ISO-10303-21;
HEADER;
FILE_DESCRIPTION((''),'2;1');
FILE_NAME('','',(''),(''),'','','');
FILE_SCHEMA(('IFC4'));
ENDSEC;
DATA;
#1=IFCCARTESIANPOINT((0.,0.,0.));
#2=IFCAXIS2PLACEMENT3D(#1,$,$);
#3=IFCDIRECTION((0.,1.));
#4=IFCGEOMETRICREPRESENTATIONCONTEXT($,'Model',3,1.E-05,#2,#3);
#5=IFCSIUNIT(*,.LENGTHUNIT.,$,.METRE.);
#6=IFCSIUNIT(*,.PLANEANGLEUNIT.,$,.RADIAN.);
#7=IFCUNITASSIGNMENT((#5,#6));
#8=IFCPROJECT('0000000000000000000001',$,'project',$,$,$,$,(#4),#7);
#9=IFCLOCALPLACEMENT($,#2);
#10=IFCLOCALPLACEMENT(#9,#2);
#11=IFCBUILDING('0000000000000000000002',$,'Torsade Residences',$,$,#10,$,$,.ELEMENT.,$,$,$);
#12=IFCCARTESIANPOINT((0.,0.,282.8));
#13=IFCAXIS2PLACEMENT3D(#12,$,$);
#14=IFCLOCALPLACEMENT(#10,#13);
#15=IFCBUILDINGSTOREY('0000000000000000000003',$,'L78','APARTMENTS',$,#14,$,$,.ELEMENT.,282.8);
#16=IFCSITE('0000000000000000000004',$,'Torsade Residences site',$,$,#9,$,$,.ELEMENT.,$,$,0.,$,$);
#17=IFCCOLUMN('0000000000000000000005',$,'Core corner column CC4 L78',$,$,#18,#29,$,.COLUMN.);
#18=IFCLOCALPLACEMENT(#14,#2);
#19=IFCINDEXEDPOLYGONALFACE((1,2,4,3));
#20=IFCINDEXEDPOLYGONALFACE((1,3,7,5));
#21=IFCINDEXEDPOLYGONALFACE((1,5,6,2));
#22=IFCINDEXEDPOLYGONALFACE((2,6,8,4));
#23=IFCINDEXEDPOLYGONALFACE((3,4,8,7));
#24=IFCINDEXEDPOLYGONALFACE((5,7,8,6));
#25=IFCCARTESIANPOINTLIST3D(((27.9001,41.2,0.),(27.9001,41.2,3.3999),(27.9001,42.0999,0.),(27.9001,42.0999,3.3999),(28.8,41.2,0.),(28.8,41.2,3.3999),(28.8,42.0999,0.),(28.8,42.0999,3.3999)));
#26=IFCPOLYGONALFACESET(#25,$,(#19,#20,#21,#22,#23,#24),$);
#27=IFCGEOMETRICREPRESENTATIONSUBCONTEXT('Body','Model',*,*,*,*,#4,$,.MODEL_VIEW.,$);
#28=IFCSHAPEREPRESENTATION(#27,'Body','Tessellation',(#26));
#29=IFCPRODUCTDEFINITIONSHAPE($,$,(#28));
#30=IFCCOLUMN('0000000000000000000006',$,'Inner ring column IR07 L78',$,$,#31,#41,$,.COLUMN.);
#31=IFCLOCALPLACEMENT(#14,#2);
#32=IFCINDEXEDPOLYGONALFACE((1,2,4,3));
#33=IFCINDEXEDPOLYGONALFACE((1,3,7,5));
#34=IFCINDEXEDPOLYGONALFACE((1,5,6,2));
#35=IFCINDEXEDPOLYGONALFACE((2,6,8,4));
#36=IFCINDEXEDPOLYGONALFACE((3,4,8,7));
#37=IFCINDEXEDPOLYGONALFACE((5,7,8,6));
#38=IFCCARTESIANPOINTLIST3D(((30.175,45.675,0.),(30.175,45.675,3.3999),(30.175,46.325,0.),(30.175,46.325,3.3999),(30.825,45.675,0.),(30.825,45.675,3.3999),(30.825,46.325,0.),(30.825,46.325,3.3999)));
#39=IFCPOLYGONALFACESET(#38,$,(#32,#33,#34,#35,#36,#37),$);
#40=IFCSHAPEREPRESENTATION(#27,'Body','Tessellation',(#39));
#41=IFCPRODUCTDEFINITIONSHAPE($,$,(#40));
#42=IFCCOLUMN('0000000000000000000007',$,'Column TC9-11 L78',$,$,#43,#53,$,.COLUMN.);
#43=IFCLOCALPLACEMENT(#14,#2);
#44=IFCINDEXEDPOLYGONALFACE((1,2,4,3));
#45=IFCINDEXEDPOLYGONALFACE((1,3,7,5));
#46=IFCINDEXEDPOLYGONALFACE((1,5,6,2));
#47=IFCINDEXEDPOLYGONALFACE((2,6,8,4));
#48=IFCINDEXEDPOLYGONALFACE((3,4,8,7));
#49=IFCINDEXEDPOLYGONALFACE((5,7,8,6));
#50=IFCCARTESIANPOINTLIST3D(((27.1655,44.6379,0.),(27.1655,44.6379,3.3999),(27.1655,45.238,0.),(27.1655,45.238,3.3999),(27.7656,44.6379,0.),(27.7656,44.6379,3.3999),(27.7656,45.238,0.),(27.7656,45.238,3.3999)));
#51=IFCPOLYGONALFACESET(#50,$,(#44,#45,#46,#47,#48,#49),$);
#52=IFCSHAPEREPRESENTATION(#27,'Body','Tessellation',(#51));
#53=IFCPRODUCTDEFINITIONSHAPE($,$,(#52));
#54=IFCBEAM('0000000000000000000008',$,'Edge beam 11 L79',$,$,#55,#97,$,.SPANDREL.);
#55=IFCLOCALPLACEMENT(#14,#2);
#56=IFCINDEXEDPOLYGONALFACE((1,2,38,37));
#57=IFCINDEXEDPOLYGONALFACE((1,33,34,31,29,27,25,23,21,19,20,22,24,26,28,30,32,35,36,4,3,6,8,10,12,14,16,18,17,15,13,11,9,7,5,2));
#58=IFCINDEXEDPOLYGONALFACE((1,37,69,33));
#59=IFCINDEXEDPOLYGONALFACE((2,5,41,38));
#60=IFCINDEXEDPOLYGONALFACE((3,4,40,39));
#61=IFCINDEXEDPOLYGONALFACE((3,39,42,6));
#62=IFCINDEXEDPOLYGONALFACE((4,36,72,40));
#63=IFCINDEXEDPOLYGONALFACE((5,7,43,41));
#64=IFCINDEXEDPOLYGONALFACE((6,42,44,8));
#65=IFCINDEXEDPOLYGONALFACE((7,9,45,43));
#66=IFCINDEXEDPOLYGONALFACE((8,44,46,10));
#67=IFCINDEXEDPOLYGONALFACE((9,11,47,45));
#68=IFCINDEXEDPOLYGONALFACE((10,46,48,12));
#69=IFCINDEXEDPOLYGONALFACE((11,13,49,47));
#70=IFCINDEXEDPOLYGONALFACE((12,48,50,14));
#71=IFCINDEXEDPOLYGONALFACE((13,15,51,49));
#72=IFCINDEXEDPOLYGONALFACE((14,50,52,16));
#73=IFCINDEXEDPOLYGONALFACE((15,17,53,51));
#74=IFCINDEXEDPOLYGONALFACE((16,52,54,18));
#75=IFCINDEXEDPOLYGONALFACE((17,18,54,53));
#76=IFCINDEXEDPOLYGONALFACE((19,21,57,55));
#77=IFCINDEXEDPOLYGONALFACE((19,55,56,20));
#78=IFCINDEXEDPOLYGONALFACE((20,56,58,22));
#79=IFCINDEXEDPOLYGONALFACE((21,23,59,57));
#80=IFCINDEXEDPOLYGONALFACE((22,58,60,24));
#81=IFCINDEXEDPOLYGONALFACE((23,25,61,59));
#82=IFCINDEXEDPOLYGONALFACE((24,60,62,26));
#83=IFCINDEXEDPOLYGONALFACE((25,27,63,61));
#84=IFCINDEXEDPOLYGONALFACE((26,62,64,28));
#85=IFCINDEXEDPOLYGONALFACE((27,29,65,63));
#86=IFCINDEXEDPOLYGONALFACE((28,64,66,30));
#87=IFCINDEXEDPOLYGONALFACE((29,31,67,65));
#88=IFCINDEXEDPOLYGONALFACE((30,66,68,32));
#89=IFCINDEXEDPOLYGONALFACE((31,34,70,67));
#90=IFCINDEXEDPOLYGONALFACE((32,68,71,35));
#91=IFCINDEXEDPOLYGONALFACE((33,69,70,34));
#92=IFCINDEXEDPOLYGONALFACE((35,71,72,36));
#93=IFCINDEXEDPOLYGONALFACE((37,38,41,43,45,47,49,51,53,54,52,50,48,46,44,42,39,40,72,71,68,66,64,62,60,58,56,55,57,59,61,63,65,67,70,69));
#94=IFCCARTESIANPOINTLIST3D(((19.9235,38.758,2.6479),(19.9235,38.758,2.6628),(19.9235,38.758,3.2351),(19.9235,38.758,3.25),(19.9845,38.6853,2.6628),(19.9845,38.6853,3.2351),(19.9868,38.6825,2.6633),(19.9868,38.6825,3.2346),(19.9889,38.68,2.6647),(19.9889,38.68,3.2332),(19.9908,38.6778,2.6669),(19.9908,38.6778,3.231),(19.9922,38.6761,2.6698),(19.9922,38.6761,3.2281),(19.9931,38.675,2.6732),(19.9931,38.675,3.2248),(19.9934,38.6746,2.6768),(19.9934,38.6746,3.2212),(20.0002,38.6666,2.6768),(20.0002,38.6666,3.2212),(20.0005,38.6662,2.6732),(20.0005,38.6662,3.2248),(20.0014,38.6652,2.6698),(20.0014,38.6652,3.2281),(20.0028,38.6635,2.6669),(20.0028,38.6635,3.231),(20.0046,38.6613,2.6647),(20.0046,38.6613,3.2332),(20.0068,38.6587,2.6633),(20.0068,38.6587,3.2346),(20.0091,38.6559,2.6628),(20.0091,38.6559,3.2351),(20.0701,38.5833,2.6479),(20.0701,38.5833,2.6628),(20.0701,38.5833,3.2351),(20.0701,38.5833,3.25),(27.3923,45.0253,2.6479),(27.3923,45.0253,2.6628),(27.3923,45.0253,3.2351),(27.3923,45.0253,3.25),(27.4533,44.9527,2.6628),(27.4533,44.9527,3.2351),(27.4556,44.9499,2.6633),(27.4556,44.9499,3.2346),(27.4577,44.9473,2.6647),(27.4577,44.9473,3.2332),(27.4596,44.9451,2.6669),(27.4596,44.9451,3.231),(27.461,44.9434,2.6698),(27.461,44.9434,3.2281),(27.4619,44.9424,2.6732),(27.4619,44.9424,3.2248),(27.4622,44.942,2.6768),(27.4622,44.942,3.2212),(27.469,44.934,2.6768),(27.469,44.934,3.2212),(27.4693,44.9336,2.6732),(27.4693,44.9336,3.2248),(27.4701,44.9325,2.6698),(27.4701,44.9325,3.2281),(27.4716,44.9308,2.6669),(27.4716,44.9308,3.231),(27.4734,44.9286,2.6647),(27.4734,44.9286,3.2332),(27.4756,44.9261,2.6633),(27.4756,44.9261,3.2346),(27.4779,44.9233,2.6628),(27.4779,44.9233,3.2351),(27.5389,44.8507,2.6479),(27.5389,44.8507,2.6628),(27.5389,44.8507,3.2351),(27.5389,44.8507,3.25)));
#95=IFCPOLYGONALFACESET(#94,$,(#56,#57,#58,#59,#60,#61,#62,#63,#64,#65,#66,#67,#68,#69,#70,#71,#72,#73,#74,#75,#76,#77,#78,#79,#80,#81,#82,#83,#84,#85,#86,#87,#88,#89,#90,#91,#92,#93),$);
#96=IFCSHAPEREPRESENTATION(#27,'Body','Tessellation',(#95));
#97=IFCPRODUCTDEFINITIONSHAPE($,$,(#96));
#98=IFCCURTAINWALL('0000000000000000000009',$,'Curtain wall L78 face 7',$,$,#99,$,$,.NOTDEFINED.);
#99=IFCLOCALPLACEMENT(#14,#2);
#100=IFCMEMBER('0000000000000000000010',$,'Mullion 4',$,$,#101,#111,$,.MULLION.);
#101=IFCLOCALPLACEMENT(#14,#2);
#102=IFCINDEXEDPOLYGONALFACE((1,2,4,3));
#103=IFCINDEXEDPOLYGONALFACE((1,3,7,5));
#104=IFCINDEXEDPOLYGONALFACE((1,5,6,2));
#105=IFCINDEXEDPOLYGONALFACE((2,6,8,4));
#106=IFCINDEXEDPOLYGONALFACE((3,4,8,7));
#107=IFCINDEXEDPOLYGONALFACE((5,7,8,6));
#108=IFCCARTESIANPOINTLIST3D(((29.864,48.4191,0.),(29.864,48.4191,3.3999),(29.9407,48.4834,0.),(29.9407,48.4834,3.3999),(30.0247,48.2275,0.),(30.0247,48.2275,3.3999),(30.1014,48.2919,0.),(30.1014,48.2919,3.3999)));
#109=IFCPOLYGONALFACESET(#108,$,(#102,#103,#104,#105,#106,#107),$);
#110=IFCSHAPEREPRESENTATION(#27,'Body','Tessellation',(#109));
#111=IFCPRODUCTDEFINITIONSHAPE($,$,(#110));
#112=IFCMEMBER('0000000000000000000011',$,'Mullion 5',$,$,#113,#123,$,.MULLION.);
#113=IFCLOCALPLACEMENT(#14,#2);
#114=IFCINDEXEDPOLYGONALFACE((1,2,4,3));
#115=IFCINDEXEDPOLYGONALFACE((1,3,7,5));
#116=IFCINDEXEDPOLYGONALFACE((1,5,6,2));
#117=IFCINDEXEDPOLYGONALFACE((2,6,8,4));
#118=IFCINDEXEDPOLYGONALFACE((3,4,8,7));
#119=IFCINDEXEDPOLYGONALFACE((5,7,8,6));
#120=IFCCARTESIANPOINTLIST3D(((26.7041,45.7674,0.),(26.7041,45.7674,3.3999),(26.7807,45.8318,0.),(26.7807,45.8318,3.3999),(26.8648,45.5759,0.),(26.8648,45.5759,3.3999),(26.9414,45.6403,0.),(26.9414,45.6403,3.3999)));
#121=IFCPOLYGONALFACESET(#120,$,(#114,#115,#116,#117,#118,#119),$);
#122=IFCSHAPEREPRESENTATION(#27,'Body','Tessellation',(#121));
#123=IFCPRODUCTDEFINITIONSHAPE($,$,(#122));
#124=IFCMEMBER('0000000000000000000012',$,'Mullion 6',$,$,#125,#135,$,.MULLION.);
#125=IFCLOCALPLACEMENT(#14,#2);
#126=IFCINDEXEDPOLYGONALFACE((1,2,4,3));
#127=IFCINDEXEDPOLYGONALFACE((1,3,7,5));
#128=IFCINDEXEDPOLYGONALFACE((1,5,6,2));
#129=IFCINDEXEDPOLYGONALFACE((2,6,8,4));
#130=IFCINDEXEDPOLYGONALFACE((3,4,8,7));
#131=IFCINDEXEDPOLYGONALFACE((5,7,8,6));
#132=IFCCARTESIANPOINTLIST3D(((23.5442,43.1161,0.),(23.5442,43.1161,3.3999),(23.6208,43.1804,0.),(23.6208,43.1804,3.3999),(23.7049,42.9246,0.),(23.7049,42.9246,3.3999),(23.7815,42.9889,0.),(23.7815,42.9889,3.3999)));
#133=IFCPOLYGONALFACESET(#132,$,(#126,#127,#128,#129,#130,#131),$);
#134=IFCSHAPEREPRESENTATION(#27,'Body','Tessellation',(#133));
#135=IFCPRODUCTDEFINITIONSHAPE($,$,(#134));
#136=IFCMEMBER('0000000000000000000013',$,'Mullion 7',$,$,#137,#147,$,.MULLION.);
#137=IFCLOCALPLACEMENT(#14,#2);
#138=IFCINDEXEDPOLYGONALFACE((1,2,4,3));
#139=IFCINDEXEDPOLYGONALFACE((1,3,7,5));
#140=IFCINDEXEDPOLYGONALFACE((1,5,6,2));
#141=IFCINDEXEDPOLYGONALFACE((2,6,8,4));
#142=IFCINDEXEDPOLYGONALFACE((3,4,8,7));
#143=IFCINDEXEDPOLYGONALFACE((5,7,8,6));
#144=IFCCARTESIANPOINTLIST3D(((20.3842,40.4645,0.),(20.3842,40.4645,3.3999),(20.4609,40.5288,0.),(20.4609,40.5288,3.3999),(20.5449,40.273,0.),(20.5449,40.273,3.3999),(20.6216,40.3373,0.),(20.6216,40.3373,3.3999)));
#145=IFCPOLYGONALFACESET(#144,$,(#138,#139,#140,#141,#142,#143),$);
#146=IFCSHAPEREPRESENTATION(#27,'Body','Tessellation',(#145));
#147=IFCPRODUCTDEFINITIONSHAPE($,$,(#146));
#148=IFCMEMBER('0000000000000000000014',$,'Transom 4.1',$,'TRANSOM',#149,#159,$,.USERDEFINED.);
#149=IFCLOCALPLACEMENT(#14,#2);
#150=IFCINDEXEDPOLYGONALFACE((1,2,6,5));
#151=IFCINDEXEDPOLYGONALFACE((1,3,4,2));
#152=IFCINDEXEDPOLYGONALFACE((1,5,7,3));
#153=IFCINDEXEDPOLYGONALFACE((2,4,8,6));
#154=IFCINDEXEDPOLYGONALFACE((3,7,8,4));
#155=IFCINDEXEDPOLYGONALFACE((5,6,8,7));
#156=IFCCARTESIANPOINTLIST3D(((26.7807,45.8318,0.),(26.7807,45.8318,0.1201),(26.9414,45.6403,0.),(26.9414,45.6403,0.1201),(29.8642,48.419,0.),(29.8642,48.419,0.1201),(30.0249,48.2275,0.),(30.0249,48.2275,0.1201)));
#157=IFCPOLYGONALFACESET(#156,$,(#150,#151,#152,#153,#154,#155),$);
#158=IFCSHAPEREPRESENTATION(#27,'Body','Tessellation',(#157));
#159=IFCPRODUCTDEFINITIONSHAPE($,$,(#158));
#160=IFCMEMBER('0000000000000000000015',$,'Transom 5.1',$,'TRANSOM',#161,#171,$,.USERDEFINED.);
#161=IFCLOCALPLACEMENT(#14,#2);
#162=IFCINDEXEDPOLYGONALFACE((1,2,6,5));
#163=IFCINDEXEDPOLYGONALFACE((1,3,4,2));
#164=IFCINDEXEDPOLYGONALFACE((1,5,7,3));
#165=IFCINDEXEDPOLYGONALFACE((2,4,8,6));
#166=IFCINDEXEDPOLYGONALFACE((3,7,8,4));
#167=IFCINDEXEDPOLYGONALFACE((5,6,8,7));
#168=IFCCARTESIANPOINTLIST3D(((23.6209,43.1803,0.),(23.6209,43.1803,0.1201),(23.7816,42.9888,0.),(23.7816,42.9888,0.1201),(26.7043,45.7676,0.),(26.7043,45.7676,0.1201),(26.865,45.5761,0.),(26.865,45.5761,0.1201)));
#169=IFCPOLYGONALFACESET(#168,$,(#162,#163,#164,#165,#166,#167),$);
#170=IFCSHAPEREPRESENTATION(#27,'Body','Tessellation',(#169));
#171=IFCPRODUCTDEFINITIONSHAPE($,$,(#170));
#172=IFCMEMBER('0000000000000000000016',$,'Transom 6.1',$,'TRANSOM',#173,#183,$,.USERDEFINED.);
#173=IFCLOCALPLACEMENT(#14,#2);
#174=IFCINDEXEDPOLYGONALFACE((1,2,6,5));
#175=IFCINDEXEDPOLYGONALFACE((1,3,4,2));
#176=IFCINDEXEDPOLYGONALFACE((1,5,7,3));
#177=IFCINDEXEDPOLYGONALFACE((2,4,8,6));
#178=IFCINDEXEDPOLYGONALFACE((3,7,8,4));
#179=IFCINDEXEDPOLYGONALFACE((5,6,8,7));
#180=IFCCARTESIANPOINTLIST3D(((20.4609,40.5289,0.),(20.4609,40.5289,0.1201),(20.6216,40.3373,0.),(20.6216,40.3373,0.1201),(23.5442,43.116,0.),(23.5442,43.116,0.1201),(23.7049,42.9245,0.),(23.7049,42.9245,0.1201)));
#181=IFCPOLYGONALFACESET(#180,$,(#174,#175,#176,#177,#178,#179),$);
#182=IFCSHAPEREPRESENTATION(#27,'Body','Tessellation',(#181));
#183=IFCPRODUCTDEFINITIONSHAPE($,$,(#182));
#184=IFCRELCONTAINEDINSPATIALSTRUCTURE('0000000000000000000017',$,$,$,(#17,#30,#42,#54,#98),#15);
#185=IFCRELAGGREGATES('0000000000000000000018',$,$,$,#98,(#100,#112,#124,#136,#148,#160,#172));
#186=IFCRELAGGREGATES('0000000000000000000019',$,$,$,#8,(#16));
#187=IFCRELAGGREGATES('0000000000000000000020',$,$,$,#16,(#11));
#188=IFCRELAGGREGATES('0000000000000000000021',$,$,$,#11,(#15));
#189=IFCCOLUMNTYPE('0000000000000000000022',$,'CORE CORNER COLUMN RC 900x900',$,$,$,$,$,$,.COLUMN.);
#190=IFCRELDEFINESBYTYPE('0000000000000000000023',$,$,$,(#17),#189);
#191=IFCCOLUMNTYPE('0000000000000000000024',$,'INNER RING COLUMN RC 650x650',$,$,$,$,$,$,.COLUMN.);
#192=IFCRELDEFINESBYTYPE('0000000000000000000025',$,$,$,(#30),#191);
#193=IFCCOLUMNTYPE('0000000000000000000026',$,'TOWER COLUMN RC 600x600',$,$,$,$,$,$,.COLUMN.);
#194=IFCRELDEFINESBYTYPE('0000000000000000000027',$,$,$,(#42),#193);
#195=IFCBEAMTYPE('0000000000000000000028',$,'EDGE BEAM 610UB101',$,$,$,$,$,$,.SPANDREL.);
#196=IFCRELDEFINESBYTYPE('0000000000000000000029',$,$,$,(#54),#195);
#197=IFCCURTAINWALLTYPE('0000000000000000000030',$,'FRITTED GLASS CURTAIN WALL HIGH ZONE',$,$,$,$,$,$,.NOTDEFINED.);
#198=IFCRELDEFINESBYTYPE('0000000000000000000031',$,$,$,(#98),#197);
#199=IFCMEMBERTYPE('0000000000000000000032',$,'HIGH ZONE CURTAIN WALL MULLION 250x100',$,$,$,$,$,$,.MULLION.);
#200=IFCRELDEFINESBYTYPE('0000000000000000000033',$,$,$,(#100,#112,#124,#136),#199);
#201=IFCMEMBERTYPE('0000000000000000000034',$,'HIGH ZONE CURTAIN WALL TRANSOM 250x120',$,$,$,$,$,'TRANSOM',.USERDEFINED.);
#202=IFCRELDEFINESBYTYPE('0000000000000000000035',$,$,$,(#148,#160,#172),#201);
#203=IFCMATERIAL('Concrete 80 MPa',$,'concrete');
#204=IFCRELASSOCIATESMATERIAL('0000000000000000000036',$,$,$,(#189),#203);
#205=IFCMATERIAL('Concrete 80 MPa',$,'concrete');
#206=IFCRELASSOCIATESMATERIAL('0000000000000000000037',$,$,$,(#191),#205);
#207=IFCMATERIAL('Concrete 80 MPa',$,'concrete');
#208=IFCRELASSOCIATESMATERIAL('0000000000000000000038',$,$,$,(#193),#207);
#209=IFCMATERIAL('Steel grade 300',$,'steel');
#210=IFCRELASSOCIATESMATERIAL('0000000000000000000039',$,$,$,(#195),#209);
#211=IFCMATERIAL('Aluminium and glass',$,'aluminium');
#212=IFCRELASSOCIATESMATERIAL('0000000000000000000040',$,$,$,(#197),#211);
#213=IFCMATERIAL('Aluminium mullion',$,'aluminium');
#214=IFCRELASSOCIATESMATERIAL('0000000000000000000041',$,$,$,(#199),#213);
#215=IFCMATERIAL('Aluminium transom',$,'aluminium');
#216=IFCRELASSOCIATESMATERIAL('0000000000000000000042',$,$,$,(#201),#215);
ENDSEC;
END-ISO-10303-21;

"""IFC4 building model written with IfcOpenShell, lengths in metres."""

from ifc_helpers import new_model, si_unit, direction, frame, origin, origin_2d, place, context, subcontext, project, spatial, rectangle, i_section, extrude, material, material_profile, profile_set, type_object, element, aggregate, save


model = new_model("IFC4")

# Units and contexts
model_context = context("Model", 3, precision=1e-05, world=origin(), true_north=direction((0.0, 1.0)))
body_context = subcontext(model_context, "Body", "Model", "MODEL_VIEW")
ifc_project = project(units=[si_unit("LENGTHUNIT", "METRE"), si_unit("PLANEANGLEUNIT", "RADIAN")], contexts=[model_context])

# Site, building, storey
site_placement = place(None, origin())
site = spatial("IfcSite", under=ifc_project, at=site_placement, Name="Torsade Residences site", CompositionType="ELEMENT", RefElevation=0.0)
building_placement = place(site_placement, origin())
building = spatial("IfcBuilding", under=site, at=building_placement, Name="Torsade Residences", CompositionType="ELEMENT")
storey_placement = place(building_placement, frame((0.0, 0.0, 282.8)))
storey = spatial("IfcBuildingStorey", under=building, at=storey_placement, Name="L78", Description="APARTMENTS", CompositionType="ELEMENT", Elevation=282.8)

# Columns
ifc_material_1 = material(Name="Concrete 80 MPa", Category="concrete")
ifc_material_profile_1 = material_profile(ifc_material_1, rectangle(XDim=0.8999, YDim=0.8999, at=origin_2d()), Name="RC 900x900")
ifc_profile_set_1 = profile_set([ifc_material_profile_1], Name="Concrete 80 MPa")
column_type_1 = type_object("IfcColumnType", Name="CORE CORNER COLUMN RC 900x900", PredefinedType="COLUMN", material=ifc_profile_set_1)
column_1_placement = place(storey_placement, frame((28.3501, 41.6499, 0.0), z_axis=(0.0, 0.0, 1.0), x_axis=(1.0, 0.0, 0.0)))
element("IfcColumn", 1, at=column_1_placement, inside=storey, type_object=column_type_1, Name="Core corner column CC4 L78", PredefinedType="COLUMN", context=body_context, shape_type="SweptSolid", body=[
    extrude(rectangle(XDim=0.8999, YDim=0.8999, at=origin_2d()), origin(), (0.0, 0.0, 1.0), 3.3999),
])
ifc_material_2 = material(Name="Concrete 80 MPa", Category="concrete")
ifc_material_profile_2 = material_profile(ifc_material_2, rectangle(XDim=0.6499, YDim=0.6499, at=origin_2d()), Name="RC 650x650")
ifc_profile_set_2 = profile_set([ifc_material_profile_2], Name="Concrete 80 MPa")
column_type_2 = type_object("IfcColumnType", Name="INNER RING COLUMN RC 650x650", PredefinedType="COLUMN", material=ifc_profile_set_2)
column_2_placement = place(storey_placement, frame((30.5, 46.0, 0.0), z_axis=(0.0, 0.0, 1.0), x_axis=(1.0, 0.0, 0.0)))
element("IfcColumn", 2, at=column_2_placement, inside=storey, type_object=column_type_2, Name="Inner ring column IR07 L78", PredefinedType="COLUMN", context=body_context, shape_type="SweptSolid", body=[
    extrude(rectangle(XDim=0.6499, YDim=0.6499, at=origin_2d()), origin(), (0.0, 0.0, 1.0), 3.3999),
])
ifc_material_3 = material(Name="Concrete 80 MPa", Category="concrete")
ifc_material_profile_3 = material_profile(ifc_material_3, rectangle(XDim=0.6001, YDim=0.6001, at=origin_2d()), Name="RC 600x600")
ifc_profile_set_3 = profile_set([ifc_material_profile_3], Name="Concrete 80 MPa")
column_type_3 = type_object("IfcColumnType", Name="TOWER COLUMN RC 600x600", PredefinedType="COLUMN", material=ifc_profile_set_3)
column_3_placement = place(storey_placement, frame((27.4656, 44.938, 0.0), z_axis=(0.0, 0.0, 1.0), x_axis=(1.0, 0.0, 0.0)))
element("IfcColumn", 3, at=column_3_placement, inside=storey, type_object=column_type_3, Name="Column TC9-11 L78", PredefinedType="COLUMN", context=body_context, shape_type="SweptSolid", body=[
    extrude(rectangle(XDim=0.6001, YDim=0.6001, at=origin_2d()), origin(), (0.0, 0.0, 1.0), 3.3999),
])

# Beam
ifc_material_4 = material(Name="Steel grade 300", Category="steel")
ifc_material_profile_4 = material_profile(ifc_material_4, i_section(OverallWidth=0.228, OverallDepth=0.6021, WebThickness=0.0105, FlangeThickness=0.0149, FilletRadius=0.0139, at=origin_2d()), Name="610UB101")
ifc_profile_set_4 = profile_set([ifc_material_profile_4], Name="Steel grade 300")
beam_type_1 = type_object("IfcBeamType", Name="EDGE BEAM 610UB101", PredefinedType="SPANDREL", material=ifc_profile_set_4)
beam_1_placement = place(storey_placement, frame((27.4656, 44.938, 2.949), z_axis=(-0.766029, -0.642806, 0.0), x_axis=(0.642806, -0.766029, 0.0)))
element("IfcBeam", 4, at=beam_1_placement, inside=storey, type_object=beam_type_1, Name="Edge beam 11 L79", PredefinedType="SPANDREL", context=body_context, shape_type="SweptSolid", body=[
    extrude(i_section(OverallWidth=0.228, OverallDepth=0.6021, WebThickness=0.0105, FlangeThickness=0.0149, FilletRadius=0.0139, at=origin_2d()), origin(), (0.0, 0.0, 1.0), 9.75),
])

# Curtain wall, members
ifc_material_5 = material(Name="Aluminium and glass", Category="aluminium")
curtain_wall_type = type_object("IfcCurtainWallType", Name="FRITTED GLASS CURTAIN WALL HIGH ZONE", PredefinedType="NOTDEFINED", material=ifc_material_5)
curtain_wall_placement = place(storey_placement, origin())
curtain_wall = element("IfcCurtainWall", 5, at=curtain_wall_placement, inside=storey, type_object=curtain_wall_type, Name="Curtain wall L78 face 7", PredefinedType="NOTDEFINED")
ifc_material_6 = material(Name="Aluminium mullion", Category="aluminium")
ifc_material_profile_5 = material_profile(ifc_material_6, rectangle(XDim=0.25, YDim=0.1001, at=origin_2d()), Name="HIGH ZONE CURTAIN WALL MULLION 250x100")
ifc_profile_set_5 = profile_set([ifc_material_profile_5], Name="Aluminium mullion")
member_type_1 = type_object("IfcMemberType", Name="HIGH ZONE CURTAIN WALL MULLION 250x100", PredefinedType="MULLION", material=ifc_profile_set_5)
member_1_placement = place(storey_placement, frame((29.9827, 48.3555, 0.0), z_axis=(0.0, 0.0, 1.0), x_axis=(0.642788, -0.766044, 0.0)))
member_1 = element("IfcMember", 6, at=member_1_placement, type_object=member_type_1, Name="Mullion 4", PredefinedType="MULLION", context=body_context, shape_type="SweptSolid", body=[
    extrude(rectangle(XDim=0.25, YDim=0.1001, at=origin_2d()), origin(), (0.0, 0.0, 1.0), 3.3999),
])
member_2_placement = place(storey_placement, frame((26.8228, 45.7039, 0.0), z_axis=(0.0, 0.0, 1.0), x_axis=(0.642788, -0.766044, 0.0)))
member_2 = element("IfcMember", 7, at=member_2_placement, type_object=member_type_1, Name="Mullion 5", PredefinedType="MULLION", context=body_context, shape_type="SweptSolid", body=[
    extrude(rectangle(XDim=0.25, YDim=0.1001, at=origin_2d()), origin(), (0.0, 0.0, 1.0), 3.3999),
])
member_3_placement = place(storey_placement, frame((23.6628, 43.0525, 0.0), z_axis=(0.0, 0.0, 1.0), x_axis=(0.642788, -0.766044, 0.0)))
member_3 = element("IfcMember", 8, at=member_3_placement, type_object=member_type_1, Name="Mullion 6", PredefinedType="MULLION", context=body_context, shape_type="SweptSolid", body=[
    extrude(rectangle(XDim=0.25, YDim=0.1001, at=origin_2d()), origin(), (0.0, 0.0, 1.0), 3.3999),
])
member_4_placement = place(storey_placement, frame((20.5029, 40.4009, 0.0), z_axis=(0.0, 0.0, 1.0), x_axis=(0.642788, -0.766044, 0.0)))
member_4 = element("IfcMember", 9, at=member_4_placement, type_object=member_type_1, Name="Mullion 7", PredefinedType="MULLION", context=body_context, shape_type="SweptSolid", body=[
    extrude(rectangle(XDim=0.25, YDim=0.1001, at=origin_2d()), origin(), (0.0, 0.0, 1.0), 3.3999),
])
ifc_material_7 = material(Name="Aluminium transom", Category="aluminium")
ifc_material_profile_6 = material_profile(ifc_material_7, rectangle(XDim=0.25, YDim=0.1201, at=origin_2d()), Name="HIGH ZONE CURTAIN WALL TRANSOM 250x120")
ifc_profile_set_6 = profile_set([ifc_material_profile_6], Name="Aluminium transom")
member_type_2 = type_object("IfcMemberType", Name="HIGH ZONE CURTAIN WALL TRANSOM 250x120", ElementType="TRANSOM", PredefinedType="USERDEFINED", material=ifc_profile_set_6)
member_5_placement = place(storey_placement, frame((29.9446, 48.3232, 0.0601), z_axis=(-0.766069, -0.642758, 0.0), x_axis=(0.642758, -0.766069, 0.0)))
member_5 = element("IfcMember", 10, at=member_5_placement, type_object=member_type_2, Name="Transom 4.1", ObjectType="TRANSOM", PredefinedType="USERDEFINED", context=body_context, shape_type="SweptSolid", body=[
    extrude(rectangle(XDim=0.25, YDim=0.1201, at=origin_2d()), origin(), (0.0, 0.0, 1.0), 4.0251),
])
member_6_placement = place(storey_placement, frame((26.7847, 45.6719, 0.0601), z_axis=(-0.766039, -0.642794, 0.0), x_axis=(0.642794, -0.766039, 0.0)))
member_6 = element("IfcMember", 11, at=member_6_placement, type_object=member_type_2, Name="Transom 5.1", ObjectType="TRANSOM", PredefinedType="USERDEFINED", context=body_context, shape_type="SweptSolid", body=[
    extrude(rectangle(XDim=0.25, YDim=0.1201, at=origin_2d()), origin(), (0.0, 0.0, 1.0), 4.0251),
])
member_7_placement = place(storey_placement, frame((23.6245, 43.0203, 0.0601), z_axis=(-0.766044, -0.642788, 0.0), x_axis=(0.642788, -0.766044, 0.0)))
member_7 = element("IfcMember", 12, at=member_7_placement, type_object=member_type_2, Name="Transom 6.1", ObjectType="TRANSOM", PredefinedType="USERDEFINED", context=body_context, shape_type="SweptSolid", body=[
    extrude(rectangle(XDim=0.25, YDim=0.1201, at=origin_2d()), origin(), (0.0, 0.0, 1.0), 4.0249),
])

aggregate(curtain_wall, [member_1, member_2, member_3, member_4, member_5, member_6, member_7])

save(model, "model.ifc")
